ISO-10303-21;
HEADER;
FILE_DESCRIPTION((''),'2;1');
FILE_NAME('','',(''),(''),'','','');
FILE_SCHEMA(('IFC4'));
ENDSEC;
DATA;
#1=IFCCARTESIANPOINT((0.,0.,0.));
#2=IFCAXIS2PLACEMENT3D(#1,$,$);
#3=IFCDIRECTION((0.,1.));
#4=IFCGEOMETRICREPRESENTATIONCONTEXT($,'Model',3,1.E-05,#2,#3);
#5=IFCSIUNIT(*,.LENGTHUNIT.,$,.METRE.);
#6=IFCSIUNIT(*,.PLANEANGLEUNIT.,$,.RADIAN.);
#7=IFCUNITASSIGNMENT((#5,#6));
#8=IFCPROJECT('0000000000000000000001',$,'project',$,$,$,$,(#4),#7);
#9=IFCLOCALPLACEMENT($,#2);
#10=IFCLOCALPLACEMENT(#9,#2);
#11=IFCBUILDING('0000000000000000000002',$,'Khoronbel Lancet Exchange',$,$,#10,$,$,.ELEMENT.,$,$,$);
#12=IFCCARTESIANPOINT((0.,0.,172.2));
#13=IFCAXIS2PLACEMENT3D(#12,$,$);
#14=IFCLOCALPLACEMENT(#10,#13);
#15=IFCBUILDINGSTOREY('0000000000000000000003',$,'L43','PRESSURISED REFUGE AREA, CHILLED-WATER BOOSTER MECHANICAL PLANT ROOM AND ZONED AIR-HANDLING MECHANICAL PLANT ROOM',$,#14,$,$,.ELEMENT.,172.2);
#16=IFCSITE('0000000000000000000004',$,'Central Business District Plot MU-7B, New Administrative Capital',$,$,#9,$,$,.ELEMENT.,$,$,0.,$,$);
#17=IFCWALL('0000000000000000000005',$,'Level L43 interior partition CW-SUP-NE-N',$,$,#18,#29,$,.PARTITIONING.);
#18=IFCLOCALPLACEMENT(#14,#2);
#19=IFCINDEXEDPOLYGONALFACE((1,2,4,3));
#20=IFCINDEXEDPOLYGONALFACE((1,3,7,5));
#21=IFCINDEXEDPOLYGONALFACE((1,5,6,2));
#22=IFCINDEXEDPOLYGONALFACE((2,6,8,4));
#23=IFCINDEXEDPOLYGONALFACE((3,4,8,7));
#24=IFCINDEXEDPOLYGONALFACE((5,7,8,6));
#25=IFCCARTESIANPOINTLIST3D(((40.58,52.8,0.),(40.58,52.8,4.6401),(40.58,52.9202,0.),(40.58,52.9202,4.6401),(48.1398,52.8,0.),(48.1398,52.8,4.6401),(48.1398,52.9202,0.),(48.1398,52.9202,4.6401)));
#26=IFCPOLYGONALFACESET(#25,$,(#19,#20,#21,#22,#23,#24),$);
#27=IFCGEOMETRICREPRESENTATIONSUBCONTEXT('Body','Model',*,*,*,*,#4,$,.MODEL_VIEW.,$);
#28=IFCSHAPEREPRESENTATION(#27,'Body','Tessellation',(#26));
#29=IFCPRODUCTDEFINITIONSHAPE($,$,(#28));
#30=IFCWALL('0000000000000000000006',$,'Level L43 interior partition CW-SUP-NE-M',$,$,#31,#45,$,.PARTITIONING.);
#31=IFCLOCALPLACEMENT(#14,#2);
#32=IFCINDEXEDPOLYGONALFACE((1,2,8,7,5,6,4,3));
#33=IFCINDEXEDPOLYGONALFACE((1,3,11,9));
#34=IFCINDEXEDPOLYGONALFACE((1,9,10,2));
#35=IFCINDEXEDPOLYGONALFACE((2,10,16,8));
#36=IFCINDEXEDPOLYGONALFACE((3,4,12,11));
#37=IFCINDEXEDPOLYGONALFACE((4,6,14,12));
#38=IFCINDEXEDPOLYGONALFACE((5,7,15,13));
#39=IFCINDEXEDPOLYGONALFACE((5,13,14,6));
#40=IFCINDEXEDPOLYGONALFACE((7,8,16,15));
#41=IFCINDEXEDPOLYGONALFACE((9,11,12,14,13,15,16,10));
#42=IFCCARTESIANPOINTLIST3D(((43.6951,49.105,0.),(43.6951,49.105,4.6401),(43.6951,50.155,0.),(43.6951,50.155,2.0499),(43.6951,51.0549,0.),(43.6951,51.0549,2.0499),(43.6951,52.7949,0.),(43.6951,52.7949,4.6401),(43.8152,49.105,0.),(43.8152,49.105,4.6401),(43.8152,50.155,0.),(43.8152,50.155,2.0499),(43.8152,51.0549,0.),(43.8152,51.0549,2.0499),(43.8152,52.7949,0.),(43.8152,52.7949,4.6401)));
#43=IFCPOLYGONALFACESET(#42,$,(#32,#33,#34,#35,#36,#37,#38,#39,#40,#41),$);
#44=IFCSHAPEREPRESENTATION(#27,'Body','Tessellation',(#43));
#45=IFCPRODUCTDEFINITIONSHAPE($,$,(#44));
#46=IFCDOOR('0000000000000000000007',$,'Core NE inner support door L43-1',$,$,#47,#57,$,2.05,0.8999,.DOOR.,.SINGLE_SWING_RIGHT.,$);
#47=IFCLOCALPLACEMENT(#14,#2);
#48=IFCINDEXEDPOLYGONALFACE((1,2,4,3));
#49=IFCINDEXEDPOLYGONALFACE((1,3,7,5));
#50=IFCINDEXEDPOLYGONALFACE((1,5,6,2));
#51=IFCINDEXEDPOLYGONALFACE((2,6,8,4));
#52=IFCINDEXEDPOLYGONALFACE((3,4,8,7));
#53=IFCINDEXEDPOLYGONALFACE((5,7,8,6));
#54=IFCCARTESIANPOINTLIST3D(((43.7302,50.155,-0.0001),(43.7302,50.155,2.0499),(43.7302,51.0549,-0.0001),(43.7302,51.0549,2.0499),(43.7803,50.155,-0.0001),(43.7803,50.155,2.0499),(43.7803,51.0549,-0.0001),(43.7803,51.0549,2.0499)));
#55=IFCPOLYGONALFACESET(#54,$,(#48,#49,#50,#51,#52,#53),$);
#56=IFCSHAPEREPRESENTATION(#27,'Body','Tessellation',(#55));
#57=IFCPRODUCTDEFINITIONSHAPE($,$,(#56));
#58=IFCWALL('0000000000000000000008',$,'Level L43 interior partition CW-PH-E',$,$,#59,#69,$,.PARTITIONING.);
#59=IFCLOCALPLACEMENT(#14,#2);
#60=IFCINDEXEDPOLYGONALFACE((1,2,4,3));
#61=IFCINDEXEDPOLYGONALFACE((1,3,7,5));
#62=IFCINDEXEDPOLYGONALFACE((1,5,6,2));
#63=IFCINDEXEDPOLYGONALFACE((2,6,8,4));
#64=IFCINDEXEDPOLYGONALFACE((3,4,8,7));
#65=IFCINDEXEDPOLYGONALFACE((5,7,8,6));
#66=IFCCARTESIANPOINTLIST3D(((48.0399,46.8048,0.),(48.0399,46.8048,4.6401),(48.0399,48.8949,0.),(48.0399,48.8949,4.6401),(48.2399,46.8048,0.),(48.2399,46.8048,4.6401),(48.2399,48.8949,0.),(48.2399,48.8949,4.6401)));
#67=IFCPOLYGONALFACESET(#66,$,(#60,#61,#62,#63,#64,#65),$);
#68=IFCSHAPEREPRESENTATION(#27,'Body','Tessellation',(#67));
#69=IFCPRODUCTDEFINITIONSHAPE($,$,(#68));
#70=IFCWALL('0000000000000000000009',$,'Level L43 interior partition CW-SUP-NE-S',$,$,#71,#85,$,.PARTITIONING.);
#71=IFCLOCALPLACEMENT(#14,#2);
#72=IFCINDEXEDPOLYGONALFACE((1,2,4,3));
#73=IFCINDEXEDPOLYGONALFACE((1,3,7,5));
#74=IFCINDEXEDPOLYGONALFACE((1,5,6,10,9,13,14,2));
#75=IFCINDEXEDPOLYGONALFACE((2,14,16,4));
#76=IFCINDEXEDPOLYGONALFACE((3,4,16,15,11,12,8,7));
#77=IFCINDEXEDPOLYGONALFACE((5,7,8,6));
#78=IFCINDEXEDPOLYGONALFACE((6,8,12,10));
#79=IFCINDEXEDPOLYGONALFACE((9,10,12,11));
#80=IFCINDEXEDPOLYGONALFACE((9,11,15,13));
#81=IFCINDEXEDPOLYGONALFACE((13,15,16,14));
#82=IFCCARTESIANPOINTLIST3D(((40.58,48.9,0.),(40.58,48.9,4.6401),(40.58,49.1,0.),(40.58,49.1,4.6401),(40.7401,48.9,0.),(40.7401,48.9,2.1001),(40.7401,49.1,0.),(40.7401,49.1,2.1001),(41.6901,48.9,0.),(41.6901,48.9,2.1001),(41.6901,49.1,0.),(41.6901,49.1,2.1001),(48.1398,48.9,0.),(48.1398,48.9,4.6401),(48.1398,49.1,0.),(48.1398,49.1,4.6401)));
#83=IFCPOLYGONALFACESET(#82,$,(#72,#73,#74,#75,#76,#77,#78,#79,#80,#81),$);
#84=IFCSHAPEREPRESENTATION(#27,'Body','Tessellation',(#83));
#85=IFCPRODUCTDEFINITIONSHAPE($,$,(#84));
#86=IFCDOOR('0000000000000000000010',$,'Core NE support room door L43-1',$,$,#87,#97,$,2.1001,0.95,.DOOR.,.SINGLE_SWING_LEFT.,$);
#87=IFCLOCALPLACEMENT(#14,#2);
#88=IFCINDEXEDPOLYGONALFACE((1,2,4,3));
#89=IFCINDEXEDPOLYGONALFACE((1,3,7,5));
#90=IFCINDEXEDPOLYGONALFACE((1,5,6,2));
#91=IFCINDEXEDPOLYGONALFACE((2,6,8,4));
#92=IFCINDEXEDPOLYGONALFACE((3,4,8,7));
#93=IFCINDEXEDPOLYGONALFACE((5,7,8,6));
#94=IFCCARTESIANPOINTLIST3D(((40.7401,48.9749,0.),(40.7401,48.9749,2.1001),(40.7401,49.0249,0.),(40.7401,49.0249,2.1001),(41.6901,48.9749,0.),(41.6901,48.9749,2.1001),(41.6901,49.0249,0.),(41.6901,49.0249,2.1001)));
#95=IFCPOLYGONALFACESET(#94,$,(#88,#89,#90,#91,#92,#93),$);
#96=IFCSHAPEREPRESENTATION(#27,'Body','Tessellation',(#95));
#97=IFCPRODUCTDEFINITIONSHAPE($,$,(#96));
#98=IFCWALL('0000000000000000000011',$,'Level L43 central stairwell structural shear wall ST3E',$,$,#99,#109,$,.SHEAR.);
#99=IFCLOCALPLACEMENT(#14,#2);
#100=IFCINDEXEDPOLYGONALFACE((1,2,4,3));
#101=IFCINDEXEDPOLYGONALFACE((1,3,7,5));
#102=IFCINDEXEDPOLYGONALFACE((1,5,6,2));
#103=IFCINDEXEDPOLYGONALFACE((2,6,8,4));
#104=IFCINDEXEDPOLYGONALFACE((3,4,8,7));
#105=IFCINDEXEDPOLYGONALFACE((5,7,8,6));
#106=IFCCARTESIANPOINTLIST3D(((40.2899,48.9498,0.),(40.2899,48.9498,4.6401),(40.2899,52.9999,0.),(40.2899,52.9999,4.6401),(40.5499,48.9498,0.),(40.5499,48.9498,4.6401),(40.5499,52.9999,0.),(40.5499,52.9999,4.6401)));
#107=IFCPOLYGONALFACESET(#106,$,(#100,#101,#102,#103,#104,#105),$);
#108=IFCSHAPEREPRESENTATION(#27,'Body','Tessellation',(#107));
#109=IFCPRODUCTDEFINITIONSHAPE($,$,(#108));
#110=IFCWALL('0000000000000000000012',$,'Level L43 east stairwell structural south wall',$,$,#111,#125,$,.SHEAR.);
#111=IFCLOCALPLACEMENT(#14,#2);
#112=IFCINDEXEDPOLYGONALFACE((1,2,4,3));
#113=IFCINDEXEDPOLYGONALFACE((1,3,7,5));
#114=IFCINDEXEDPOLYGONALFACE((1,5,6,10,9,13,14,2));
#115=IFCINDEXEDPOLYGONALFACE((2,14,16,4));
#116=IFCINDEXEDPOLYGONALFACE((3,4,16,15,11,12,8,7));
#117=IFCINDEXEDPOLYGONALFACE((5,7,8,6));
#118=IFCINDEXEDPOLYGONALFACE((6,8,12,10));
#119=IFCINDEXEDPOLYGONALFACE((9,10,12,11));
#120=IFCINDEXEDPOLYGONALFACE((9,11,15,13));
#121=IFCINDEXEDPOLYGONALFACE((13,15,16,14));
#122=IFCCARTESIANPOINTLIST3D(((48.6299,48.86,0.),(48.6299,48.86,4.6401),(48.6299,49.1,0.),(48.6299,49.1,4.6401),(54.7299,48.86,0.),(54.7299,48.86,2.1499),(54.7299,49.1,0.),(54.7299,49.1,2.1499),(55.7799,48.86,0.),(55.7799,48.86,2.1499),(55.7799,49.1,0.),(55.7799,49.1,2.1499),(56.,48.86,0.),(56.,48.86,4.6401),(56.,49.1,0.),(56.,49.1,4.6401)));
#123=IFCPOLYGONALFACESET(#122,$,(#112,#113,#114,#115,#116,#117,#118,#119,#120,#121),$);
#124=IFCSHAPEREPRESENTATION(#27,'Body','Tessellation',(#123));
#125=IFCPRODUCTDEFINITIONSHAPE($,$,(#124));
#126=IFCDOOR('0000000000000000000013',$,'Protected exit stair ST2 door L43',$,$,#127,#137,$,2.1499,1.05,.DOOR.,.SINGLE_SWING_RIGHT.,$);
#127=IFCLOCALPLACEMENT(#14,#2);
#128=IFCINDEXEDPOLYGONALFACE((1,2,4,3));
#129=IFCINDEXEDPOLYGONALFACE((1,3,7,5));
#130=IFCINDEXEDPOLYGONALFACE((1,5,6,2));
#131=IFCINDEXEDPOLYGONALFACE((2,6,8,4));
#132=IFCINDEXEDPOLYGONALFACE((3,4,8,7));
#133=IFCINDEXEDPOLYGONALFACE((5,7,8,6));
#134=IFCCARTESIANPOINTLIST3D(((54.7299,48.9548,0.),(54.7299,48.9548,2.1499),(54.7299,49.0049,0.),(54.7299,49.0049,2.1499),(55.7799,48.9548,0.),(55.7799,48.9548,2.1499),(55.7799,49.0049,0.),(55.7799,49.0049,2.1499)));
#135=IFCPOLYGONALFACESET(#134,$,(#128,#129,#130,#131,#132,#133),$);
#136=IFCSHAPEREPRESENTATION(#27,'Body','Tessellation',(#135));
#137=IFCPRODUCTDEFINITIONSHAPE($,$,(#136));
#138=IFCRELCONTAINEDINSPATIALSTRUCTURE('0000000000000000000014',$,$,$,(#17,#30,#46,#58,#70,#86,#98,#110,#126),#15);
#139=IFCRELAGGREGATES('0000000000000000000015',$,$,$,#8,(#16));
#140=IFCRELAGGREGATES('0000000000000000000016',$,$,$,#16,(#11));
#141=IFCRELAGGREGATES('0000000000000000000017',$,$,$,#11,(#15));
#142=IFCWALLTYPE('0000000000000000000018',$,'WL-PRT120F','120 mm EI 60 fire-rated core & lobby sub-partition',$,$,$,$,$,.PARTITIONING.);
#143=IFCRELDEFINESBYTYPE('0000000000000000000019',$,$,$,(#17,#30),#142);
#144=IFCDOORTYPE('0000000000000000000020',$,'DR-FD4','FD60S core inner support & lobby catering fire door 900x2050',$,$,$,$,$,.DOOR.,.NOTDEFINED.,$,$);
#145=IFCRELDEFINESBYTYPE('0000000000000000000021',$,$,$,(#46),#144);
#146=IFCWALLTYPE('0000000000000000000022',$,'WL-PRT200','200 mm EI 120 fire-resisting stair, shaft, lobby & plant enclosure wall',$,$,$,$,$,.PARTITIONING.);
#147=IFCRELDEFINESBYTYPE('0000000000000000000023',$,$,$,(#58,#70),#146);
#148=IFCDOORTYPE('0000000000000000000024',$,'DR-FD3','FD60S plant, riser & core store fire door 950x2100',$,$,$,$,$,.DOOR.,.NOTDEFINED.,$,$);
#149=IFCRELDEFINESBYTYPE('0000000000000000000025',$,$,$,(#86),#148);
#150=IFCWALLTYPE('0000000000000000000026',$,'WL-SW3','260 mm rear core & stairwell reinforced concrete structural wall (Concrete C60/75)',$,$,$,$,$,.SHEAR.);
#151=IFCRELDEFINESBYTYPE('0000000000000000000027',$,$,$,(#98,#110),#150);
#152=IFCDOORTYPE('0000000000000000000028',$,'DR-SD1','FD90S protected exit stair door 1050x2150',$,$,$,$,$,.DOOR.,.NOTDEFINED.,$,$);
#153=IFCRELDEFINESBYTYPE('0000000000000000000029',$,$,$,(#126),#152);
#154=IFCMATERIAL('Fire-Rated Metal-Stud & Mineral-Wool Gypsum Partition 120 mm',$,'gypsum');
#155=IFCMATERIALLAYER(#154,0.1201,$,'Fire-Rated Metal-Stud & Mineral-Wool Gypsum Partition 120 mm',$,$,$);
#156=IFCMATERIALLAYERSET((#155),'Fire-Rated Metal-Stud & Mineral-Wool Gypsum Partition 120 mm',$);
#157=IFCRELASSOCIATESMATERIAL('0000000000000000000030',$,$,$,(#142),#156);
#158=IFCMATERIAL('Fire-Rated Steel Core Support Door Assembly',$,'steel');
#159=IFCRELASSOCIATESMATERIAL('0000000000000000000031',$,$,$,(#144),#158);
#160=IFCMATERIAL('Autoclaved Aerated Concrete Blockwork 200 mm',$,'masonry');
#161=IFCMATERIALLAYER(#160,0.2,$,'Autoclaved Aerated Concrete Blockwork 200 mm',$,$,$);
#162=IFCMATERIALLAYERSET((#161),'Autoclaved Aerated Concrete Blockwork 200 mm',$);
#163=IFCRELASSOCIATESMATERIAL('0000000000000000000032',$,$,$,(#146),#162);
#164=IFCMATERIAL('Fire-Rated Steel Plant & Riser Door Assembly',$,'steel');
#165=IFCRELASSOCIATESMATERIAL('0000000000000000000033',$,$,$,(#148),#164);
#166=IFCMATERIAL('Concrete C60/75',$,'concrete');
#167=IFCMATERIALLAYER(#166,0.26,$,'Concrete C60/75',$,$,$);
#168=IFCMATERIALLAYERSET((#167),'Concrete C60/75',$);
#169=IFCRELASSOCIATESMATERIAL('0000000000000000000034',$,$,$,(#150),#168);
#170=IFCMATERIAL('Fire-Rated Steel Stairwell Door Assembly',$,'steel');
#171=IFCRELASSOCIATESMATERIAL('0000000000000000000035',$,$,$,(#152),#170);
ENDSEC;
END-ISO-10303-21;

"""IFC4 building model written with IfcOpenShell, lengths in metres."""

from ifc_helpers import new_model, si_unit, direction, frame, frame_2d, origin, place, context, subcontext, project, spatial, rectangle, extrude, material, layer, layer_set, type_object, element, fill, save


model = new_model("IFC4")

# Units and contexts
model_context = context("Model", 3, precision=1e-05, world=origin(), true_north=direction((0.0, 1.0)))
body_context = subcontext(model_context, "Body", "Model", "MODEL_VIEW")
ifc_project = project(units=[si_unit("LENGTHUNIT", "METRE"), si_unit("PLANEANGLEUNIT", "RADIAN")], contexts=[model_context])

# Site, building, storey
site_placement = place(None, origin())
site = spatial("IfcSite", under=ifc_project, at=site_placement, Name="Central Business District Plot MU-7B, New Administrative Capital", CompositionType="ELEMENT", RefElevation=0.0)
building_placement = place(site_placement, origin())
building = spatial("IfcBuilding", under=site, at=building_placement, Name="Khoronbel Lancet Exchange", CompositionType="ELEMENT")
storey_placement = place(building_placement, frame((0.0, 0.0, 172.2)))
storey = spatial("IfcBuildingStorey", under=building, at=storey_placement, Name="L43", Description="PRESSURISED REFUGE AREA, CHILLED-WATER BOOSTER MECHANICAL PLANT ROOM AND ZONED AIR-HANDLING MECHANICAL PLANT ROOM", CompositionType="ELEMENT", Elevation=172.2)

# Wall
ifc_material_1 = material(Name="Fire-Rated Metal-Stud & Mineral-Wool Gypsum Partition 120 mm", Category="gypsum")
ifc_layer_1 = layer(ifc_material_1, 0.1201, Name="Fire-Rated Metal-Stud & Mineral-Wool Gypsum Partition 120 mm")
ifc_layer_set_1 = layer_set([ifc_layer_1], Name="Fire-Rated Metal-Stud & Mineral-Wool Gypsum Partition 120 mm")
wall_type_1 = type_object("IfcWallType", Name="WL-PRT120F", Description="120 mm EI 60 fire-rated core & lobby sub-partition", PredefinedType="PARTITIONING", material=ifc_layer_set_1)
wall_1_placement = place(storey_placement, frame((40.5801, 52.8601, 0.0), z_axis=(0.0, 0.0, 1.0), x_axis=(1.0, 0.0, 0.0)))
element("IfcWall", 1, at=wall_1_placement, inside=storey, type_object=wall_type_1, Name="Level L43 interior partition CW-SUP-NE-N", PredefinedType="PARTITIONING", context=body_context, shape_type="SweptSolid", body=[
    extrude(rectangle(XDim=7.5598, YDim=0.1201, at=frame_2d((3.7798, 0.0))), origin(), (0.0, 0.0, 1.0), 4.6401),
])

# Wall, opening, door
wall_2_placement = place(storey_placement, frame((43.7551, 49.105, 0.0), z_axis=(0.0, 0.0, 1.0), x_axis=(0.0, 1.0, 0.0)))
wall_2 = element("IfcWall", 2, at=wall_2_placement, inside=storey, type_object=wall_type_1, Name="Level L43 interior partition CW-SUP-NE-M", PredefinedType="PARTITIONING", context=body_context, shape_type="SweptSolid", body=[
    extrude(rectangle(XDim=3.6899, YDim=0.1201, at=frame_2d((1.845, 0.0))), origin(), (0.0, 0.0, 1.0), 4.6401),
])
opening_1_placement = place(wall_2_placement, frame((1.05, 0.0, 0.0)))
opening_1 = element("IfcOpeningElement", 3, at=opening_1_placement, cuts=wall_2, PredefinedType="OPENING", context=body_context, shape_type="SweptSolid", body=[
    extrude(rectangle(XDim=0.8999, YDim=2.05, at=frame_2d((0.45, 1.0249))), frame((0.0, 0.0701, 0.0), z_axis=(0.0, -1.0, 0.0), x_axis=(1.0, 0.0, 0.0)), (0.0, 0.0, 1.0), 0.1401),
])
ifc_material_2 = material(Name="Fire-Rated Steel Core Support Door Assembly", Category="steel")
door_type_1 = type_object("IfcDoorType", Name="DR-FD4", Description="FD60S core inner support & lobby catering fire door 900x2050", OperationType="NOTDEFINED", PredefinedType="DOOR", material=ifc_material_2)
door_1_placement = place(opening_1_placement, origin())
door_1 = element("IfcDoor", 4, at=door_1_placement, inside=storey, type_object=door_type_1, Name="Core NE inner support door L43-1", OperationType="SINGLE_SWING_RIGHT", OverallHeight=2.05, OverallWidth=0.8999, PredefinedType="DOOR", context=body_context, shape_type="SweptSolid", body=[
    extrude(rectangle(XDim=0.8999, YDim=2.05, at=frame_2d((0.45, 1.0249))), frame((0.0, 0.0249, 0.0), z_axis=(0.0, -1.0, 0.0), x_axis=(1.0, 0.0, 0.0)), (0.0, 0.0, 1.0), 0.05),
])
fill(opening_1, door_1)

# Wall
ifc_material_3 = material(Name="Autoclaved Aerated Concrete Blockwork 200 mm", Category="masonry")
ifc_layer_2 = layer(ifc_material_3, 0.2, Name="Autoclaved Aerated Concrete Blockwork 200 mm")
ifc_layer_set_2 = layer_set([ifc_layer_2], Name="Autoclaved Aerated Concrete Blockwork 200 mm")
wall_type_2 = type_object("IfcWallType", Name="WL-PRT200", Description="200 mm EI 120 fire-resisting stair, shaft, lobby & plant enclosure wall", PredefinedType="PARTITIONING", material=ifc_layer_set_2)
wall_3_placement = place(storey_placement, frame((48.1399, 46.8049, 0.0), z_axis=(0.0, 0.0, 1.0), x_axis=(0.0, 1.0, 0.0)))
element("IfcWall", 5, at=wall_3_placement, inside=storey, type_object=wall_type_2, Name="Level L43 interior partition CW-PH-E", PredefinedType="PARTITIONING", context=body_context, shape_type="SweptSolid", body=[
    extrude(rectangle(XDim=2.0901, YDim=0.2, at=frame_2d((1.0449, 0.0))), origin(), (0.0, 0.0, 1.0), 4.6401),
])

# Wall, opening, door
wall_4_placement = place(storey_placement, frame((40.5801, 49.0, 0.0), z_axis=(0.0, 0.0, 1.0), x_axis=(1.0, 0.0, 0.0)))
wall_4 = element("IfcWall", 6, at=wall_4_placement, inside=storey, type_object=wall_type_2, Name="Level L43 interior partition CW-SUP-NE-S", PredefinedType="PARTITIONING", context=body_context, shape_type="SweptSolid", body=[
    extrude(rectangle(XDim=7.5598, YDim=0.2, at=frame_2d((3.7798, 0.0))), origin(), (0.0, 0.0, 1.0), 4.6401),
])
opening_2_placement = place(wall_4_placement, frame((0.1599, 0.0, 0.0)))
opening_2 = element("IfcOpeningElement", 7, at=opening_2_placement, cuts=wall_4, PredefinedType="OPENING", context=body_context, shape_type="SweptSolid", body=[
    extrude(rectangle(XDim=0.95, YDim=2.1001, at=frame_2d((0.4751, 1.05))), frame((0.0, 0.1099, 0.0), z_axis=(0.0, -1.0, 0.0), x_axis=(1.0, 0.0, 0.0)), (0.0, 0.0, 1.0), 0.22),
])
ifc_material_4 = material(Name="Fire-Rated Steel Plant & Riser Door Assembly", Category="steel")
door_type_2 = type_object("IfcDoorType", Name="DR-FD3", Description="FD60S plant, riser & core store fire door 950x2100", OperationType="NOTDEFINED", PredefinedType="DOOR", material=ifc_material_4)
door_2_placement = place(opening_2_placement, origin())
door_2 = element("IfcDoor", 8, at=door_2_placement, inside=storey, type_object=door_type_2, Name="Core NE support room door L43-1", OperationType="SINGLE_SWING_LEFT", OverallHeight=2.1001, OverallWidth=0.95, PredefinedType="DOOR", context=body_context, shape_type="SweptSolid", body=[
    extrude(rectangle(XDim=0.95, YDim=2.1001, at=frame_2d((0.4751, 1.05))), frame((0.0, 0.0249, 0.0), z_axis=(0.0, -1.0, 0.0), x_axis=(1.0, 0.0, 0.0)), (0.0, 0.0, 1.0), 0.05),
])
fill(opening_2, door_2)

# Wall
ifc_material_5 = material(Name="Concrete C60/75", Category="concrete")
ifc_layer_3 = layer(ifc_material_5, 0.26, Name="Concrete C60/75")
ifc_layer_set_3 = layer_set([ifc_layer_3], Name="Concrete C60/75")
wall_type_3 = type_object("IfcWallType", Name="WL-SW3", Description="260 mm rear core & stairwell reinforced concrete structural wall (Concrete C60/75)", PredefinedType="SHEAR", material=ifc_layer_set_3)
wall_5_placement = place(storey_placement, frame((40.4199, 48.95, 0.0), z_axis=(0.0, 0.0, 1.0), x_axis=(0.0, 1.0, 0.0)))
element("IfcWall", 9, at=wall_5_placement, inside=storey, type_object=wall_type_3, Name="Level L43 central stairwell structural shear wall ST3E", PredefinedType="SHEAR", context=body_context, shape_type="SweptSolid", body=[
    extrude(rectangle(XDim=4.05, YDim=0.26, at=frame_2d((2.0249, 0.0))), origin(), (0.0, 0.0, 1.0), 4.6401),
])

# Wall, opening, door
wall_6_placement = place(storey_placement, frame((48.6299, 48.98, 0.0), z_axis=(0.0, 0.0, 1.0), x_axis=(1.0, 0.0, 0.0)))
wall_6 = element("IfcWall", 10, at=wall_6_placement, inside=storey, type_object=wall_type_3, Name="Level L43 east stairwell structural south wall", PredefinedType="SHEAR", context=body_context, shape_type="SweptSolid", body=[
    extrude(rectangle(XDim=7.3701, YDim=0.24, at=frame_2d((3.6851, 0.0))), origin(), (0.0, 0.0, 1.0), 4.6401),
])
opening_3_placement = place(wall_6_placement, frame((6.1001, 0.0, 0.0)))
opening_3 = element("IfcOpeningElement", 11, at=opening_3_placement, cuts=wall_6, PredefinedType="OPENING", context=body_context, shape_type="SweptSolid", body=[
    extrude(rectangle(XDim=1.05, YDim=2.1499, at=frame_2d((0.5249, 1.075))), frame((0.0, 0.1299, 0.0), z_axis=(0.0, -1.0, 0.0), x_axis=(1.0, 0.0, 0.0)), (0.0, 0.0, 1.0), 0.26),
])
ifc_material_6 = material(Name="Fire-Rated Steel Stairwell Door Assembly", Category="steel")
door_type_3 = type_object("IfcDoorType", Name="DR-SD1", Description="FD90S protected exit stair door 1050x2150", OperationType="NOTDEFINED", PredefinedType="DOOR", material=ifc_material_6)
door_3_placement = place(opening_3_placement, origin())
door_3 = element("IfcDoor", 12, at=door_3_placement, inside=storey, type_object=door_type_3, Name="Protected exit stair ST2 door L43", OperationType="SINGLE_SWING_RIGHT", OverallHeight=2.1499, OverallWidth=1.05, PredefinedType="DOOR", context=body_context, shape_type="SweptSolid", body=[
    extrude(rectangle(XDim=1.05, YDim=2.1499, at=frame_2d((0.5249, 1.075))), frame((0.0, 0.0249, 0.0), z_axis=(0.0, -1.0, 0.0), x_axis=(1.0, 0.0, 0.0)), (0.0, 0.0, 1.0), 0.05),
])
fill(opening_3, door_3)

save(model, "model.ifc")
